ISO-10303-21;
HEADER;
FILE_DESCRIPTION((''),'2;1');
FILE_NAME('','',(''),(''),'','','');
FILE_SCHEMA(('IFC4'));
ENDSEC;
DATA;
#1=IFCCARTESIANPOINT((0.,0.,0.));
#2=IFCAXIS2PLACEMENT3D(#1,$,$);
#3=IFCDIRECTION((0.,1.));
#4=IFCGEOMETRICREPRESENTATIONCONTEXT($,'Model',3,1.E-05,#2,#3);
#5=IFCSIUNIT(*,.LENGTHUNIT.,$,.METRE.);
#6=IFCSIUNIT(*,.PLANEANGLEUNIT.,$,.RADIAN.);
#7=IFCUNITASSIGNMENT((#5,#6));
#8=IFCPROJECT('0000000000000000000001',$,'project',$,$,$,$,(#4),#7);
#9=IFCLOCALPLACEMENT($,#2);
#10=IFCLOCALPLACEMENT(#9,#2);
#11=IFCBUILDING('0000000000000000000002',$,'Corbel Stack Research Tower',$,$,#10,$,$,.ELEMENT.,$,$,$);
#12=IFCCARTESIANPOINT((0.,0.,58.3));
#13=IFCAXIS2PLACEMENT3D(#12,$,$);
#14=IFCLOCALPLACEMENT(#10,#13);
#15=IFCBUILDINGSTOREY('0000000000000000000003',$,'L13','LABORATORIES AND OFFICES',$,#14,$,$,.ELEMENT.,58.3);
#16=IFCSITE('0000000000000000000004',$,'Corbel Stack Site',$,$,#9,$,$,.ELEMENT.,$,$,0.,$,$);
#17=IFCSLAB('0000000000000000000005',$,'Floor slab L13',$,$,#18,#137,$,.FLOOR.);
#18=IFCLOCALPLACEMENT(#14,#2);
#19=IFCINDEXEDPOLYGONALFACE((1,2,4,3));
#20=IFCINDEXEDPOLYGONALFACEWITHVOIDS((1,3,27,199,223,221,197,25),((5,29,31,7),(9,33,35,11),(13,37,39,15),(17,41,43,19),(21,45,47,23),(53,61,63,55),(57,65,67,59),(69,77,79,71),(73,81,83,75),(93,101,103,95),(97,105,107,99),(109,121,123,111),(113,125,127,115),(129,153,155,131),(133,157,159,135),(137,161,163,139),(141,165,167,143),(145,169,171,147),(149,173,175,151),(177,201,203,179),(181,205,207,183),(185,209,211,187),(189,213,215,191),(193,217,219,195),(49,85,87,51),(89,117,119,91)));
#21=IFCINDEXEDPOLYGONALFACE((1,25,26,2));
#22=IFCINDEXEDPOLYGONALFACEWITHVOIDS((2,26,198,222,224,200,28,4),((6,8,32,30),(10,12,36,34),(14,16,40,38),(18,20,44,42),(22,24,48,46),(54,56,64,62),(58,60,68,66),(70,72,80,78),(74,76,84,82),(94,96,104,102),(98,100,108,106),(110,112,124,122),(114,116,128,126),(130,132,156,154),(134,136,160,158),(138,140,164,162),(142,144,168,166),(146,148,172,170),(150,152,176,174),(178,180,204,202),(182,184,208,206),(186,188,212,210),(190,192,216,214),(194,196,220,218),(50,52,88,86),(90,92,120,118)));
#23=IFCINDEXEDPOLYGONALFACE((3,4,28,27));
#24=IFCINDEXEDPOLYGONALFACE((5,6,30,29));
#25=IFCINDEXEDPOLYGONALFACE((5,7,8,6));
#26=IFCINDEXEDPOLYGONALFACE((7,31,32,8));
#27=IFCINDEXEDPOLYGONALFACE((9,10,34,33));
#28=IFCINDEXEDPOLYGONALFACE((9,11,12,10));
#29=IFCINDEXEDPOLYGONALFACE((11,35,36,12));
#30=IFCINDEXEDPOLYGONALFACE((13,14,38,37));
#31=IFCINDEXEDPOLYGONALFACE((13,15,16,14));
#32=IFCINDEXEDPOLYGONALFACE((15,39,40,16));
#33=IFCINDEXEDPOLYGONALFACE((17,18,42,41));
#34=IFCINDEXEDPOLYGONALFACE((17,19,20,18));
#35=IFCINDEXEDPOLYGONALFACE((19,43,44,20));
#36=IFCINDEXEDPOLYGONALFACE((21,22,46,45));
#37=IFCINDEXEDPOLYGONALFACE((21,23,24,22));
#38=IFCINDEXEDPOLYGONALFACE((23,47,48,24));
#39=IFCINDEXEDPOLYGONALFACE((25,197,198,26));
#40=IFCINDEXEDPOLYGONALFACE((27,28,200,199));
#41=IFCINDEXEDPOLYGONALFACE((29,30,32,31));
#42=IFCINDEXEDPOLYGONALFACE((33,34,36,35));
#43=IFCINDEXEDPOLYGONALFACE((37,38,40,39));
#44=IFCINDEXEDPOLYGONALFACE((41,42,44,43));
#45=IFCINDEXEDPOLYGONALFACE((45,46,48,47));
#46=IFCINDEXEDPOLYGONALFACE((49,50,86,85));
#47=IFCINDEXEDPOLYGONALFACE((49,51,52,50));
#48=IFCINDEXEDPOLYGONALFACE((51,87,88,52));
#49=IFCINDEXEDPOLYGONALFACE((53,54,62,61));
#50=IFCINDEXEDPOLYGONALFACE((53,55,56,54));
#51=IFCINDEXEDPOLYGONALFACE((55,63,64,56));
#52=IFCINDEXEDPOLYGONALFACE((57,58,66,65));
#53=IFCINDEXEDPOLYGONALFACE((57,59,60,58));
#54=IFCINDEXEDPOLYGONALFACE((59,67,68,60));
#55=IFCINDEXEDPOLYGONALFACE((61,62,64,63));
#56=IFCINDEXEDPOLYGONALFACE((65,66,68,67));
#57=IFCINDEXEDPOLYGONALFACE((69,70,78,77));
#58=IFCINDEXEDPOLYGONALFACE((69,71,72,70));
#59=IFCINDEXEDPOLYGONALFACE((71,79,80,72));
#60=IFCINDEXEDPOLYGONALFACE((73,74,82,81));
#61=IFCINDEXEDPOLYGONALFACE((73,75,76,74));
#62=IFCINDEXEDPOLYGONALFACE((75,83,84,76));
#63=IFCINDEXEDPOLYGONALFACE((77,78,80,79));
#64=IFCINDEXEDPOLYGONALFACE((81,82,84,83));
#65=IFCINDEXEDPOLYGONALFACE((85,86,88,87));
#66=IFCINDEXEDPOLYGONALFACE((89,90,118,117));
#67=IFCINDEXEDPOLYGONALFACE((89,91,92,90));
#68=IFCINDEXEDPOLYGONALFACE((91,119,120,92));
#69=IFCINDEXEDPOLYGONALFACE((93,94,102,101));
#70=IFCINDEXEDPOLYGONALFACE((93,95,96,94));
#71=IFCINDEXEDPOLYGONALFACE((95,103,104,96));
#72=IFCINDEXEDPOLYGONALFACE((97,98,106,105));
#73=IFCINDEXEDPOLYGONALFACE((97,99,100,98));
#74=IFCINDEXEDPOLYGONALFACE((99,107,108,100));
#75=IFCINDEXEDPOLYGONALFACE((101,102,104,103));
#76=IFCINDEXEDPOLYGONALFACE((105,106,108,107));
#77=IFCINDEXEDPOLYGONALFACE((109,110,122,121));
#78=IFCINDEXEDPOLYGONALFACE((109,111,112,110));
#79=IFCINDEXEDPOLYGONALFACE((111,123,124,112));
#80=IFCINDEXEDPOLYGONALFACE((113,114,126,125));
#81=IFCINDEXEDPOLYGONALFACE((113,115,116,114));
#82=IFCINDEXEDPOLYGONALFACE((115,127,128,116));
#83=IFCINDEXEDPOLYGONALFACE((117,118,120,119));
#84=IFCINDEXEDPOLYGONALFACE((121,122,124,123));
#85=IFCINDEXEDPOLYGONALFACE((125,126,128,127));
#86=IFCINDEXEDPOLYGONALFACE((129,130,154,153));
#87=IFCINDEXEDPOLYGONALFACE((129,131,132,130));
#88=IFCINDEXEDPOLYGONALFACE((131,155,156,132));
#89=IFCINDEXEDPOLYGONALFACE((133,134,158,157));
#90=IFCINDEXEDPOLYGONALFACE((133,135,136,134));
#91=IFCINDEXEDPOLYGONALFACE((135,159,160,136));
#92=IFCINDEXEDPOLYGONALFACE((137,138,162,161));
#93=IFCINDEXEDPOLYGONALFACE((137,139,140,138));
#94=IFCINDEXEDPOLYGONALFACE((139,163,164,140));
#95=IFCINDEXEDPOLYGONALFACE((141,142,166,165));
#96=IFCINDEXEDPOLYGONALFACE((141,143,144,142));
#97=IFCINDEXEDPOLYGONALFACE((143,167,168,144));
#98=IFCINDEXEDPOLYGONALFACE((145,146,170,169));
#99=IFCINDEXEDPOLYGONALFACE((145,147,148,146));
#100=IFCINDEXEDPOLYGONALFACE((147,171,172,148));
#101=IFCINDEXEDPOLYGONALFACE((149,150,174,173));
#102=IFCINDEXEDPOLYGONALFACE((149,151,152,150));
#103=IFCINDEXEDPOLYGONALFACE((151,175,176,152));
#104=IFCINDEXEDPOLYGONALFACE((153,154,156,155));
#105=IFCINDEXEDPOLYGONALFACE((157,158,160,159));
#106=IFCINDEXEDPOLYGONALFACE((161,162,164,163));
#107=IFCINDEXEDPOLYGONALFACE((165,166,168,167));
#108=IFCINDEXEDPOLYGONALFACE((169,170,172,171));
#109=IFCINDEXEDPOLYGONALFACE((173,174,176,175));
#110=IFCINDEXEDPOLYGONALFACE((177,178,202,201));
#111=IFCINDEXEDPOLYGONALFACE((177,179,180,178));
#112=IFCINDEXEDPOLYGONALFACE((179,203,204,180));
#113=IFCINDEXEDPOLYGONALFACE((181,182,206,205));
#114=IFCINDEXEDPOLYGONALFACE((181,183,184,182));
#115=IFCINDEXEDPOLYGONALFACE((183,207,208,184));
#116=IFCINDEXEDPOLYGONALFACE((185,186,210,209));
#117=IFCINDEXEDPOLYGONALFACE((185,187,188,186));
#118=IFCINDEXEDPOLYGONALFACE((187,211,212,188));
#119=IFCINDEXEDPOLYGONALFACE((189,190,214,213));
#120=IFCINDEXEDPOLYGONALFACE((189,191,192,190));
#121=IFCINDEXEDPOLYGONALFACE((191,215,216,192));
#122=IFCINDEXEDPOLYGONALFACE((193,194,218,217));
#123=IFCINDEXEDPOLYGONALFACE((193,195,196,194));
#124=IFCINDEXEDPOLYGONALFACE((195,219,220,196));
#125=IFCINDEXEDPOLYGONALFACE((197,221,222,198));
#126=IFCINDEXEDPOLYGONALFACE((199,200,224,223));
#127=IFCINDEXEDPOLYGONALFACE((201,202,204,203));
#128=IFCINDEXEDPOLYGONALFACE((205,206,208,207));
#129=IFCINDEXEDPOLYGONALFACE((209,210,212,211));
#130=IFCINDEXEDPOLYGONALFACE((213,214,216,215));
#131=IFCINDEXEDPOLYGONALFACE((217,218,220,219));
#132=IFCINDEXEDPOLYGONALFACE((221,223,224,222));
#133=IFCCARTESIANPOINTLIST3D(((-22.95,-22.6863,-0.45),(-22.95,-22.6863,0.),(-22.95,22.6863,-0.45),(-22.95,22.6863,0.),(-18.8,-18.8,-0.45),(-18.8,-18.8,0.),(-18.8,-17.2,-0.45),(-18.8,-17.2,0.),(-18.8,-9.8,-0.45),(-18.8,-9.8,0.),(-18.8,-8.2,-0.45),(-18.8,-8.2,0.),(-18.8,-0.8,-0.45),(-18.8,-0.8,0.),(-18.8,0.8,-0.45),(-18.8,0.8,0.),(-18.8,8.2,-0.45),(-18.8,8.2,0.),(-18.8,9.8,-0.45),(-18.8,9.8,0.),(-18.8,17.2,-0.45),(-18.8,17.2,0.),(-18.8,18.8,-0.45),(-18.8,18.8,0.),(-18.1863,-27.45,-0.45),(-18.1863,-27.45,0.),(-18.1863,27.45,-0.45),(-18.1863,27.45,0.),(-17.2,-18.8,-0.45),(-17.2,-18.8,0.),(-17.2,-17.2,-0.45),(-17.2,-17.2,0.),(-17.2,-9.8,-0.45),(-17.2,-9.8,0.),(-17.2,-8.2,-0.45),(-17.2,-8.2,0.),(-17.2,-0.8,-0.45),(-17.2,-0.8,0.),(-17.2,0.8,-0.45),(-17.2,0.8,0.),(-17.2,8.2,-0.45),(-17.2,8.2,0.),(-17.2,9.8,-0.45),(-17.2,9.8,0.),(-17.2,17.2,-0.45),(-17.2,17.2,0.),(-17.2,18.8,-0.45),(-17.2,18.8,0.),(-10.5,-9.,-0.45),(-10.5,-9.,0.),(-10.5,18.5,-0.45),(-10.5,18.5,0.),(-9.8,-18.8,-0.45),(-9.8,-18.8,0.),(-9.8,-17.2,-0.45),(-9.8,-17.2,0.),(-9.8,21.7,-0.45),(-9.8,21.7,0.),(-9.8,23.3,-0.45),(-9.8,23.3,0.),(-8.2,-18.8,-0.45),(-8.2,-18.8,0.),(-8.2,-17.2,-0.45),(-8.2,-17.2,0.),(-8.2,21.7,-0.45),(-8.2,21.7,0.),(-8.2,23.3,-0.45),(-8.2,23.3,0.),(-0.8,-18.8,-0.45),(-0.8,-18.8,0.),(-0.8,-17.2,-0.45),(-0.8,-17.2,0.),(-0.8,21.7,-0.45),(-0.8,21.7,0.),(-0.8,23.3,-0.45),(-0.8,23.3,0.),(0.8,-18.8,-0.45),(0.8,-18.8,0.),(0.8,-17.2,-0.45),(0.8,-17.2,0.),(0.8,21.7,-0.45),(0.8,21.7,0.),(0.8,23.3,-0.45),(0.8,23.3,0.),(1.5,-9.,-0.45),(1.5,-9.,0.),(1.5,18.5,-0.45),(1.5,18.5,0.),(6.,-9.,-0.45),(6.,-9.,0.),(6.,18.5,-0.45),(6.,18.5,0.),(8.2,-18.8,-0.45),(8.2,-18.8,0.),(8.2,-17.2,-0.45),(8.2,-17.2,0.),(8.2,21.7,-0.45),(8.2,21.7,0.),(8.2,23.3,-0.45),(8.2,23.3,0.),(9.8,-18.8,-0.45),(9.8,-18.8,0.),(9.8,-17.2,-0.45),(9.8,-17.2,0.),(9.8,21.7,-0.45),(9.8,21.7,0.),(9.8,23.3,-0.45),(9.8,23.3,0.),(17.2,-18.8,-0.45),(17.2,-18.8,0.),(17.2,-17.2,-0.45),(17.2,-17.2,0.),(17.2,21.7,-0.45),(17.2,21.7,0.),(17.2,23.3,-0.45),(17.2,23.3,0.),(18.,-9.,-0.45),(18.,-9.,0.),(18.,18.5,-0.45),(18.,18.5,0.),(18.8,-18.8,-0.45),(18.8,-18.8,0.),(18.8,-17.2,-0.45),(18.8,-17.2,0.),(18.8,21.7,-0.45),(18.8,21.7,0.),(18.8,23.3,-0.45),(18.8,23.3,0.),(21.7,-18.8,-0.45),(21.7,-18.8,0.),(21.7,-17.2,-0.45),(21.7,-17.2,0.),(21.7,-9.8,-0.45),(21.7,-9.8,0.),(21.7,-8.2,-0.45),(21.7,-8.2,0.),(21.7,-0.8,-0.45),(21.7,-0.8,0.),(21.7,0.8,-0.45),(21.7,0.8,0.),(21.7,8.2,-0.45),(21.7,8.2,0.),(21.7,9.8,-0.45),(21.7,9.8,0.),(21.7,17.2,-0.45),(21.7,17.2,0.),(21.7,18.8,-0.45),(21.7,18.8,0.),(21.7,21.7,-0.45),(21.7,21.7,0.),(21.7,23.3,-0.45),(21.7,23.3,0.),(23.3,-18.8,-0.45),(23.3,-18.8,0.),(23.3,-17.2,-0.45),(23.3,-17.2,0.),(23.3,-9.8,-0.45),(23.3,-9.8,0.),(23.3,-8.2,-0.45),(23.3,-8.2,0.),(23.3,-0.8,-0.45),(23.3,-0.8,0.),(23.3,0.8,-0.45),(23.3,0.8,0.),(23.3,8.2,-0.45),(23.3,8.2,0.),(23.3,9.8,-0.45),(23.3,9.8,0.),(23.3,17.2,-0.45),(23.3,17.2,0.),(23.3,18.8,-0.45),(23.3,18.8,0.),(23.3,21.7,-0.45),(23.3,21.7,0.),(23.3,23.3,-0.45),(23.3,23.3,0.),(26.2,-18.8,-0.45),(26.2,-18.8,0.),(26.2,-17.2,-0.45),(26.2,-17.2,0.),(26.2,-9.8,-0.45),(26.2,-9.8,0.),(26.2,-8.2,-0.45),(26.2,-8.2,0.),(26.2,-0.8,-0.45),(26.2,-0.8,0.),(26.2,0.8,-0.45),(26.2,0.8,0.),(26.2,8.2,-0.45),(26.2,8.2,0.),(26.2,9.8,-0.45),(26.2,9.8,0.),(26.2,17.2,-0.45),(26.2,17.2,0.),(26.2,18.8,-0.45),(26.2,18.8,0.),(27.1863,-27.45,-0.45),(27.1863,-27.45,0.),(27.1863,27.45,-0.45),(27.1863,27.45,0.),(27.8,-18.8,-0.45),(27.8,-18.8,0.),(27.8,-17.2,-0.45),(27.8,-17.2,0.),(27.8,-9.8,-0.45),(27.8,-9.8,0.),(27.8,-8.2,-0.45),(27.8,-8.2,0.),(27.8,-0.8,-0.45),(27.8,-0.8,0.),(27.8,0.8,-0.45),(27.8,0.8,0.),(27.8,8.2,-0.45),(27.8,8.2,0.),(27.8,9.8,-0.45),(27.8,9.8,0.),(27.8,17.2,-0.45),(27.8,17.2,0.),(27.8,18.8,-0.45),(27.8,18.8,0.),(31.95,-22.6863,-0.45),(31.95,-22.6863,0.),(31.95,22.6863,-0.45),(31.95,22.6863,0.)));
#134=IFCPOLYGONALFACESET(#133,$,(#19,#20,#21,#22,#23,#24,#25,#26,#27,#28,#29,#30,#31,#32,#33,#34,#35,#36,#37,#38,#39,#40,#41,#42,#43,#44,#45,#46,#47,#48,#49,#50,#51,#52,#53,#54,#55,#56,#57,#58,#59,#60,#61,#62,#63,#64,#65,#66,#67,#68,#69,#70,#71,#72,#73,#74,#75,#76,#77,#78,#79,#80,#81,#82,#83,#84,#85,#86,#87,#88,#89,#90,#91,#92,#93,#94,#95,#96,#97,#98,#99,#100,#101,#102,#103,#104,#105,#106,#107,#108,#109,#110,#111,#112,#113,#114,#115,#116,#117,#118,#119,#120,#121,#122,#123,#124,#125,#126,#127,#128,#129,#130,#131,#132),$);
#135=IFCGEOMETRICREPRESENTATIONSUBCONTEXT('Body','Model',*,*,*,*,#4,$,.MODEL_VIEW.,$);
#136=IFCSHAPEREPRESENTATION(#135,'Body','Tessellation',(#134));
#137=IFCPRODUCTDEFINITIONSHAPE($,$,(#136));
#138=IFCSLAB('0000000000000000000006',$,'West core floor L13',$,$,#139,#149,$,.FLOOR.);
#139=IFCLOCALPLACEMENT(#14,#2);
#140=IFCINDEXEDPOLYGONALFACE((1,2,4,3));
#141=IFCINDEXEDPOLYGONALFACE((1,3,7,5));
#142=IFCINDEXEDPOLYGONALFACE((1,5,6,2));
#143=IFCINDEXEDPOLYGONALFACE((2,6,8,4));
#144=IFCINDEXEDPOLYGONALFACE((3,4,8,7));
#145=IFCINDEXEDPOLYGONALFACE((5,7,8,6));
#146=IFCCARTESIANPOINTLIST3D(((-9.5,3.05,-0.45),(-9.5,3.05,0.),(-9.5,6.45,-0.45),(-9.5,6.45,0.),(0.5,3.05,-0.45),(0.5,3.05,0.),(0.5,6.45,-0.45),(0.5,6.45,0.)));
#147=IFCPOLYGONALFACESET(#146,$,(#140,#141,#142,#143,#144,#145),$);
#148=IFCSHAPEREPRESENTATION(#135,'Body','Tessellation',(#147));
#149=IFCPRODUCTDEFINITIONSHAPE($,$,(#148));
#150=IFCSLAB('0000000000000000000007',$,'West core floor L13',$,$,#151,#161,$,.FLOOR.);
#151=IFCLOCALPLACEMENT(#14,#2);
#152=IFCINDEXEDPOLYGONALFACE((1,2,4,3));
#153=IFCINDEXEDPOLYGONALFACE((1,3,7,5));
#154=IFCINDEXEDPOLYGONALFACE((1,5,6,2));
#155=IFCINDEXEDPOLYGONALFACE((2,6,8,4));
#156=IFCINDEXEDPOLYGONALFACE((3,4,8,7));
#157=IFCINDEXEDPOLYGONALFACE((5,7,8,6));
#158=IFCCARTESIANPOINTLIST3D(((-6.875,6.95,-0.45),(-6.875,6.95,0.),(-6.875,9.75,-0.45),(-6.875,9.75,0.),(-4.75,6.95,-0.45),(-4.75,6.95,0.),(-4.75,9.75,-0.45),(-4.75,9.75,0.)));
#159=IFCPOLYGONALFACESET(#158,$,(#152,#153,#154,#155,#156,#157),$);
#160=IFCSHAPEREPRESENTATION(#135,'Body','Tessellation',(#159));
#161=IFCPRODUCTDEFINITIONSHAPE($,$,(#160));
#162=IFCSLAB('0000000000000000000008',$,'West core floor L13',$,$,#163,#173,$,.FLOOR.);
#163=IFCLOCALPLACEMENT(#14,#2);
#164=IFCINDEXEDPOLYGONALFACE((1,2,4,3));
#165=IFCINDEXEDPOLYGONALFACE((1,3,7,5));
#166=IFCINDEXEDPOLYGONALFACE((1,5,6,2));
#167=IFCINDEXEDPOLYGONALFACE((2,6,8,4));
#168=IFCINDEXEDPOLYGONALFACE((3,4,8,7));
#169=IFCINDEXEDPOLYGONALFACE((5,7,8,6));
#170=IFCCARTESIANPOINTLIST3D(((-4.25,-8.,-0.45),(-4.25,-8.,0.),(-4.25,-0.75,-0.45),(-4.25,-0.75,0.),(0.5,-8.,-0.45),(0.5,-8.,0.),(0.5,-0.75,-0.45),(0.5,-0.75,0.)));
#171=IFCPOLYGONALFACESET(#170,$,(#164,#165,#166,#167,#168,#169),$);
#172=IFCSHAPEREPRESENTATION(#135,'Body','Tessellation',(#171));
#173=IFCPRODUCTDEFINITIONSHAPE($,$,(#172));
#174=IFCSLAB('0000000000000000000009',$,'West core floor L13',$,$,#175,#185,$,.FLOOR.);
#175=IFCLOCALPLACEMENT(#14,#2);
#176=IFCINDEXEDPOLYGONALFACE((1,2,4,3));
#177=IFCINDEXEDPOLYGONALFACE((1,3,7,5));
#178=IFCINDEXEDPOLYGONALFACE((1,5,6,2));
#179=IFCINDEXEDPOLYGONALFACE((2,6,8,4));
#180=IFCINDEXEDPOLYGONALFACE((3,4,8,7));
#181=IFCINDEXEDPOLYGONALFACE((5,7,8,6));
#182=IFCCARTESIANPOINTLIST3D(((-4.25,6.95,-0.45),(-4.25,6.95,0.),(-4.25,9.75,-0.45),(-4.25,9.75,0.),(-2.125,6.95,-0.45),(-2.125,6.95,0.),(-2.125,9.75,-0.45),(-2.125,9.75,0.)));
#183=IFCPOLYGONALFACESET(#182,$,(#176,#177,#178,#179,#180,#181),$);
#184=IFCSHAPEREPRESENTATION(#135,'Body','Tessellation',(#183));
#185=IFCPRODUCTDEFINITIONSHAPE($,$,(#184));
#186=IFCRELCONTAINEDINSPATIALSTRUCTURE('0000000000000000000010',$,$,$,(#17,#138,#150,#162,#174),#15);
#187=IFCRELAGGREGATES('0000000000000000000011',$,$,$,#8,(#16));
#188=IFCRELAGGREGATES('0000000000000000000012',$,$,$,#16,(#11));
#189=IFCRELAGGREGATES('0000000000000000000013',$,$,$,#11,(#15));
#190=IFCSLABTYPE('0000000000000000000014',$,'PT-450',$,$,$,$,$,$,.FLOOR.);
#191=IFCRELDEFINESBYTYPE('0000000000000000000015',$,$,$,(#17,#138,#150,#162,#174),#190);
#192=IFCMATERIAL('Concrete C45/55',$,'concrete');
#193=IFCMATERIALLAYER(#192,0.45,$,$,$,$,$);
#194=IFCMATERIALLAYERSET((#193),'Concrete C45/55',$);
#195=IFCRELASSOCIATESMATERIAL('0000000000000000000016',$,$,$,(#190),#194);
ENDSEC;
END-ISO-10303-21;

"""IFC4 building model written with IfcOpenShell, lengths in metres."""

from ifc_helpers import new_model, si_unit, direction, frame, origin, place, context, subcontext, project, spatial, polyline, outline, extrude, material, layer, layer_set, type_object, element, save


model = new_model("IFC4")

# Units and contexts
model_context = context("Model", 3, precision=1e-05, world=origin(), true_north=direction((0.0, 1.0)))
body_context = subcontext(model_context, "Body", "Model", "MODEL_VIEW")
ifc_project = project(units=[si_unit("LENGTHUNIT", "METRE"), si_unit("PLANEANGLEUNIT", "RADIAN")], contexts=[model_context])

# Site, building, storey
site_placement = place(None, origin())
site = spatial("IfcSite", under=ifc_project, at=site_placement, Name="Corbel Stack Site", CompositionType="ELEMENT", RefElevation=0.0)
building_placement = place(site_placement, origin())
building = spatial("IfcBuilding", under=site, at=building_placement, Name="Corbel Stack Research Tower", CompositionType="ELEMENT")
storey_placement = place(building_placement, frame((0.0, 0.0, 58.3)))
storey = spatial("IfcBuildingStorey", under=building, at=storey_placement, Name="L13", Description="LABORATORIES AND OFFICES", CompositionType="ELEMENT", Elevation=58.3)

# Slabs
ifc_material_1 = material(Name="Concrete C45/55", Category="concrete")
ifc_layer_1 = layer(ifc_material_1, 0.45)
ifc_layer_set_1 = layer_set([ifc_layer_1], Name="Concrete C45/55")
slab_type = type_object("IfcSlabType", Name="PT-450", PredefinedType="FLOOR", material=ifc_layer_set_1)
slab_1_placement = place(storey_placement, frame((0.0, 0.0, -0.45)))
element("IfcSlab", 1, at=slab_1_placement, inside=storey, type_object=slab_type, Name="Floor slab L13", PredefinedType="FLOOR", context=body_context, shape_type="SweptSolid", body=[
    extrude(outline(polyline([(-18.1863, -27.45), (27.1863, -27.45), (31.95, -22.6863), (31.95, 22.6863), (27.1863, 27.45), (-18.1863, 27.45), (-22.95, 22.6863), (-22.95, -22.6863), (-18.1863, -27.45)]), holes=[polyline([(26.2, 17.2), (26.2, 18.8), (27.8, 18.8), (27.8, 17.2), (26.2, 17.2)]), polyline([(26.2, 8.2), (26.2, 9.8), (27.8, 9.8), (27.8, 8.2), (26.2, 8.2)]), polyline([(27.8, -0.8), (26.2, -0.8), (26.2, 0.8), (27.8, 0.8), (27.8, -0.8)]), polyline([(26.2, -9.8), (26.2, -8.2), (27.8, -8.2), (27.8, -9.8), (26.2, -9.8)]), polyline([(26.2, -18.8), (26.2, -17.2), (27.8, -17.2), (27.8, -18.8), (26.2, -18.8)]), polyline([(21.7, 21.7), (21.7, 23.3), (23.3, 23.3), (23.3, 21.7), (21.7, 21.7)]), polyline([(21.7, 17.2), (21.7, 18.8), (23.3, 18.8), (23.3, 17.2), (21.7, 17.2)]), polyline([(21.7, 8.2), (21.7, 9.8), (23.3, 9.8), (23.3, 8.2), (21.7, 8.2)]), polyline([(21.7, -0.8), (21.7, 0.8), (23.3, 0.8), (23.3, -0.8), (21.7, -0.8)]), polyline([(23.3, -9.8), (21.7, -9.8), (21.7, -8.2), (23.3, -8.2), (23.3, -9.8)]), polyline([(21.7, -18.8), (21.7, -17.2), (23.3, -17.2), (23.3, -18.8), (21.7, -18.8)]), polyline([(17.2, 21.7), (17.2, 23.3), (18.8, 23.3), (18.8, 21.7), (17.2, 21.7)]), polyline([(18.8, -18.8), (17.2, -18.8), (17.2, -17.2), (18.8, -17.2), (18.8, -18.8)]), polyline([(6.0, -9.0), (6.0, 18.5), (18.0, 18.5), (18.0, -9.0), (6.0, -9.0)]), polyline([(8.2, 21.7), (8.2, 23.3), (9.8, 23.3), (9.8, 21.7), (8.2, 21.7)]), polyline([(9.8, -18.8), (8.2, -18.8), (8.2, -17.2), (9.8, -17.2), (9.8, -18.8)]), polyline([(1.5, -9.0), (-10.5, -9.0), (-10.5, 18.5), (1.5, 18.5), (1.5, -9.0)]), polyline([(-0.8, 21.7), (-0.8, 23.3), (0.8, 23.3), (0.8, 21.7), (-0.8, 21.7)]), polyline([(-0.8, -18.8), (-0.8, -17.2), (0.8, -17.2), (0.8, -18.8), (-0.8, -18.8)]), polyline([(-9.8, 21.7), (-9.8, 23.3), (-8.2, 23.3), (-8.2, 21.7), (-9.8, 21.7)]), polyline([(-9.8, -18.8), (-9.8, -17.2), (-8.2, -17.2), (-8.2, -18.8), (-9.8, -18.8)]), polyline([(-18.8, 17.2), (-18.8, 18.8), (-17.2, 18.8), (-17.2, 17.2), (-18.8, 17.2)]), polyline([(-18.8, 8.2), (-18.8, 9.8), (-17.2, 9.8), (-17.2, 8.2), (-18.8, 8.2)]), polyline([(-18.8, -0.8), (-18.8, 0.8), (-17.2, 0.8), (-17.2, -0.8), (-18.8, -0.8)]), polyline([(-18.8, -9.8), (-18.8, -8.2), (-17.2, -8.2), (-17.2, -9.8), (-18.8, -9.8)]), polyline([(-17.2, -18.8), (-18.8, -18.8), (-18.8, -17.2), (-17.2, -17.2), (-17.2, -18.8)])]), origin(), (0.0, 0.0, 1.0), 0.45),
])
slab_2_placement = place(storey_placement, frame((0.0, 0.0, -0.45)))
element("IfcSlab", 2, at=slab_2_placement, inside=storey, type_object=slab_type, Name="West core floor L13", PredefinedType="FLOOR", context=body_context, shape_type="SweptSolid", body=[
    extrude(outline(polyline([(-9.5, 6.45), (-9.5, 3.05), (0.5, 3.05), (0.5, 6.45), (-9.5, 6.45)])), origin(), (0.0, 0.0, 1.0), 0.45),
])
slab_3_placement = place(storey_placement, frame((0.0, 0.0, -0.45)))
element("IfcSlab", 3, at=slab_3_placement, inside=storey, type_object=slab_type, Name="West core floor L13", PredefinedType="FLOOR", context=body_context, shape_type="SweptSolid", body=[
    extrude(outline(polyline([(-6.875, 6.95), (-4.75, 6.95), (-4.75, 9.75), (-6.875, 9.75), (-6.875, 6.95)])), origin(), (0.0, 0.0, 1.0), 0.45),
])
slab_4_placement = place(storey_placement, frame((0.0, 0.0, -0.45)))
element("IfcSlab", 4, at=slab_4_placement, inside=storey, type_object=slab_type, Name="West core floor L13", PredefinedType="FLOOR", context=body_context, shape_type="SweptSolid", body=[
    extrude(outline(polyline([(-4.25, -0.75), (-4.25, -8.0), (0.5, -8.0), (0.5, -0.75), (-4.25, -0.75)])), origin(), (0.0, 0.0, 1.0), 0.45),
])
slab_5_placement = place(storey_placement, frame((0.0, 0.0, -0.45)))
element("IfcSlab", 5, at=slab_5_placement, inside=storey, type_object=slab_type, Name="West core floor L13", PredefinedType="FLOOR", context=body_context, shape_type="SweptSolid", body=[
    extrude(outline(polyline([(-2.125, 6.95), (-2.125, 9.75), (-4.25, 9.75), (-4.25, 6.95), (-2.125, 6.95)])), origin(), (0.0, 0.0, 1.0), 0.45),
])

save(model, "model.ifc")
